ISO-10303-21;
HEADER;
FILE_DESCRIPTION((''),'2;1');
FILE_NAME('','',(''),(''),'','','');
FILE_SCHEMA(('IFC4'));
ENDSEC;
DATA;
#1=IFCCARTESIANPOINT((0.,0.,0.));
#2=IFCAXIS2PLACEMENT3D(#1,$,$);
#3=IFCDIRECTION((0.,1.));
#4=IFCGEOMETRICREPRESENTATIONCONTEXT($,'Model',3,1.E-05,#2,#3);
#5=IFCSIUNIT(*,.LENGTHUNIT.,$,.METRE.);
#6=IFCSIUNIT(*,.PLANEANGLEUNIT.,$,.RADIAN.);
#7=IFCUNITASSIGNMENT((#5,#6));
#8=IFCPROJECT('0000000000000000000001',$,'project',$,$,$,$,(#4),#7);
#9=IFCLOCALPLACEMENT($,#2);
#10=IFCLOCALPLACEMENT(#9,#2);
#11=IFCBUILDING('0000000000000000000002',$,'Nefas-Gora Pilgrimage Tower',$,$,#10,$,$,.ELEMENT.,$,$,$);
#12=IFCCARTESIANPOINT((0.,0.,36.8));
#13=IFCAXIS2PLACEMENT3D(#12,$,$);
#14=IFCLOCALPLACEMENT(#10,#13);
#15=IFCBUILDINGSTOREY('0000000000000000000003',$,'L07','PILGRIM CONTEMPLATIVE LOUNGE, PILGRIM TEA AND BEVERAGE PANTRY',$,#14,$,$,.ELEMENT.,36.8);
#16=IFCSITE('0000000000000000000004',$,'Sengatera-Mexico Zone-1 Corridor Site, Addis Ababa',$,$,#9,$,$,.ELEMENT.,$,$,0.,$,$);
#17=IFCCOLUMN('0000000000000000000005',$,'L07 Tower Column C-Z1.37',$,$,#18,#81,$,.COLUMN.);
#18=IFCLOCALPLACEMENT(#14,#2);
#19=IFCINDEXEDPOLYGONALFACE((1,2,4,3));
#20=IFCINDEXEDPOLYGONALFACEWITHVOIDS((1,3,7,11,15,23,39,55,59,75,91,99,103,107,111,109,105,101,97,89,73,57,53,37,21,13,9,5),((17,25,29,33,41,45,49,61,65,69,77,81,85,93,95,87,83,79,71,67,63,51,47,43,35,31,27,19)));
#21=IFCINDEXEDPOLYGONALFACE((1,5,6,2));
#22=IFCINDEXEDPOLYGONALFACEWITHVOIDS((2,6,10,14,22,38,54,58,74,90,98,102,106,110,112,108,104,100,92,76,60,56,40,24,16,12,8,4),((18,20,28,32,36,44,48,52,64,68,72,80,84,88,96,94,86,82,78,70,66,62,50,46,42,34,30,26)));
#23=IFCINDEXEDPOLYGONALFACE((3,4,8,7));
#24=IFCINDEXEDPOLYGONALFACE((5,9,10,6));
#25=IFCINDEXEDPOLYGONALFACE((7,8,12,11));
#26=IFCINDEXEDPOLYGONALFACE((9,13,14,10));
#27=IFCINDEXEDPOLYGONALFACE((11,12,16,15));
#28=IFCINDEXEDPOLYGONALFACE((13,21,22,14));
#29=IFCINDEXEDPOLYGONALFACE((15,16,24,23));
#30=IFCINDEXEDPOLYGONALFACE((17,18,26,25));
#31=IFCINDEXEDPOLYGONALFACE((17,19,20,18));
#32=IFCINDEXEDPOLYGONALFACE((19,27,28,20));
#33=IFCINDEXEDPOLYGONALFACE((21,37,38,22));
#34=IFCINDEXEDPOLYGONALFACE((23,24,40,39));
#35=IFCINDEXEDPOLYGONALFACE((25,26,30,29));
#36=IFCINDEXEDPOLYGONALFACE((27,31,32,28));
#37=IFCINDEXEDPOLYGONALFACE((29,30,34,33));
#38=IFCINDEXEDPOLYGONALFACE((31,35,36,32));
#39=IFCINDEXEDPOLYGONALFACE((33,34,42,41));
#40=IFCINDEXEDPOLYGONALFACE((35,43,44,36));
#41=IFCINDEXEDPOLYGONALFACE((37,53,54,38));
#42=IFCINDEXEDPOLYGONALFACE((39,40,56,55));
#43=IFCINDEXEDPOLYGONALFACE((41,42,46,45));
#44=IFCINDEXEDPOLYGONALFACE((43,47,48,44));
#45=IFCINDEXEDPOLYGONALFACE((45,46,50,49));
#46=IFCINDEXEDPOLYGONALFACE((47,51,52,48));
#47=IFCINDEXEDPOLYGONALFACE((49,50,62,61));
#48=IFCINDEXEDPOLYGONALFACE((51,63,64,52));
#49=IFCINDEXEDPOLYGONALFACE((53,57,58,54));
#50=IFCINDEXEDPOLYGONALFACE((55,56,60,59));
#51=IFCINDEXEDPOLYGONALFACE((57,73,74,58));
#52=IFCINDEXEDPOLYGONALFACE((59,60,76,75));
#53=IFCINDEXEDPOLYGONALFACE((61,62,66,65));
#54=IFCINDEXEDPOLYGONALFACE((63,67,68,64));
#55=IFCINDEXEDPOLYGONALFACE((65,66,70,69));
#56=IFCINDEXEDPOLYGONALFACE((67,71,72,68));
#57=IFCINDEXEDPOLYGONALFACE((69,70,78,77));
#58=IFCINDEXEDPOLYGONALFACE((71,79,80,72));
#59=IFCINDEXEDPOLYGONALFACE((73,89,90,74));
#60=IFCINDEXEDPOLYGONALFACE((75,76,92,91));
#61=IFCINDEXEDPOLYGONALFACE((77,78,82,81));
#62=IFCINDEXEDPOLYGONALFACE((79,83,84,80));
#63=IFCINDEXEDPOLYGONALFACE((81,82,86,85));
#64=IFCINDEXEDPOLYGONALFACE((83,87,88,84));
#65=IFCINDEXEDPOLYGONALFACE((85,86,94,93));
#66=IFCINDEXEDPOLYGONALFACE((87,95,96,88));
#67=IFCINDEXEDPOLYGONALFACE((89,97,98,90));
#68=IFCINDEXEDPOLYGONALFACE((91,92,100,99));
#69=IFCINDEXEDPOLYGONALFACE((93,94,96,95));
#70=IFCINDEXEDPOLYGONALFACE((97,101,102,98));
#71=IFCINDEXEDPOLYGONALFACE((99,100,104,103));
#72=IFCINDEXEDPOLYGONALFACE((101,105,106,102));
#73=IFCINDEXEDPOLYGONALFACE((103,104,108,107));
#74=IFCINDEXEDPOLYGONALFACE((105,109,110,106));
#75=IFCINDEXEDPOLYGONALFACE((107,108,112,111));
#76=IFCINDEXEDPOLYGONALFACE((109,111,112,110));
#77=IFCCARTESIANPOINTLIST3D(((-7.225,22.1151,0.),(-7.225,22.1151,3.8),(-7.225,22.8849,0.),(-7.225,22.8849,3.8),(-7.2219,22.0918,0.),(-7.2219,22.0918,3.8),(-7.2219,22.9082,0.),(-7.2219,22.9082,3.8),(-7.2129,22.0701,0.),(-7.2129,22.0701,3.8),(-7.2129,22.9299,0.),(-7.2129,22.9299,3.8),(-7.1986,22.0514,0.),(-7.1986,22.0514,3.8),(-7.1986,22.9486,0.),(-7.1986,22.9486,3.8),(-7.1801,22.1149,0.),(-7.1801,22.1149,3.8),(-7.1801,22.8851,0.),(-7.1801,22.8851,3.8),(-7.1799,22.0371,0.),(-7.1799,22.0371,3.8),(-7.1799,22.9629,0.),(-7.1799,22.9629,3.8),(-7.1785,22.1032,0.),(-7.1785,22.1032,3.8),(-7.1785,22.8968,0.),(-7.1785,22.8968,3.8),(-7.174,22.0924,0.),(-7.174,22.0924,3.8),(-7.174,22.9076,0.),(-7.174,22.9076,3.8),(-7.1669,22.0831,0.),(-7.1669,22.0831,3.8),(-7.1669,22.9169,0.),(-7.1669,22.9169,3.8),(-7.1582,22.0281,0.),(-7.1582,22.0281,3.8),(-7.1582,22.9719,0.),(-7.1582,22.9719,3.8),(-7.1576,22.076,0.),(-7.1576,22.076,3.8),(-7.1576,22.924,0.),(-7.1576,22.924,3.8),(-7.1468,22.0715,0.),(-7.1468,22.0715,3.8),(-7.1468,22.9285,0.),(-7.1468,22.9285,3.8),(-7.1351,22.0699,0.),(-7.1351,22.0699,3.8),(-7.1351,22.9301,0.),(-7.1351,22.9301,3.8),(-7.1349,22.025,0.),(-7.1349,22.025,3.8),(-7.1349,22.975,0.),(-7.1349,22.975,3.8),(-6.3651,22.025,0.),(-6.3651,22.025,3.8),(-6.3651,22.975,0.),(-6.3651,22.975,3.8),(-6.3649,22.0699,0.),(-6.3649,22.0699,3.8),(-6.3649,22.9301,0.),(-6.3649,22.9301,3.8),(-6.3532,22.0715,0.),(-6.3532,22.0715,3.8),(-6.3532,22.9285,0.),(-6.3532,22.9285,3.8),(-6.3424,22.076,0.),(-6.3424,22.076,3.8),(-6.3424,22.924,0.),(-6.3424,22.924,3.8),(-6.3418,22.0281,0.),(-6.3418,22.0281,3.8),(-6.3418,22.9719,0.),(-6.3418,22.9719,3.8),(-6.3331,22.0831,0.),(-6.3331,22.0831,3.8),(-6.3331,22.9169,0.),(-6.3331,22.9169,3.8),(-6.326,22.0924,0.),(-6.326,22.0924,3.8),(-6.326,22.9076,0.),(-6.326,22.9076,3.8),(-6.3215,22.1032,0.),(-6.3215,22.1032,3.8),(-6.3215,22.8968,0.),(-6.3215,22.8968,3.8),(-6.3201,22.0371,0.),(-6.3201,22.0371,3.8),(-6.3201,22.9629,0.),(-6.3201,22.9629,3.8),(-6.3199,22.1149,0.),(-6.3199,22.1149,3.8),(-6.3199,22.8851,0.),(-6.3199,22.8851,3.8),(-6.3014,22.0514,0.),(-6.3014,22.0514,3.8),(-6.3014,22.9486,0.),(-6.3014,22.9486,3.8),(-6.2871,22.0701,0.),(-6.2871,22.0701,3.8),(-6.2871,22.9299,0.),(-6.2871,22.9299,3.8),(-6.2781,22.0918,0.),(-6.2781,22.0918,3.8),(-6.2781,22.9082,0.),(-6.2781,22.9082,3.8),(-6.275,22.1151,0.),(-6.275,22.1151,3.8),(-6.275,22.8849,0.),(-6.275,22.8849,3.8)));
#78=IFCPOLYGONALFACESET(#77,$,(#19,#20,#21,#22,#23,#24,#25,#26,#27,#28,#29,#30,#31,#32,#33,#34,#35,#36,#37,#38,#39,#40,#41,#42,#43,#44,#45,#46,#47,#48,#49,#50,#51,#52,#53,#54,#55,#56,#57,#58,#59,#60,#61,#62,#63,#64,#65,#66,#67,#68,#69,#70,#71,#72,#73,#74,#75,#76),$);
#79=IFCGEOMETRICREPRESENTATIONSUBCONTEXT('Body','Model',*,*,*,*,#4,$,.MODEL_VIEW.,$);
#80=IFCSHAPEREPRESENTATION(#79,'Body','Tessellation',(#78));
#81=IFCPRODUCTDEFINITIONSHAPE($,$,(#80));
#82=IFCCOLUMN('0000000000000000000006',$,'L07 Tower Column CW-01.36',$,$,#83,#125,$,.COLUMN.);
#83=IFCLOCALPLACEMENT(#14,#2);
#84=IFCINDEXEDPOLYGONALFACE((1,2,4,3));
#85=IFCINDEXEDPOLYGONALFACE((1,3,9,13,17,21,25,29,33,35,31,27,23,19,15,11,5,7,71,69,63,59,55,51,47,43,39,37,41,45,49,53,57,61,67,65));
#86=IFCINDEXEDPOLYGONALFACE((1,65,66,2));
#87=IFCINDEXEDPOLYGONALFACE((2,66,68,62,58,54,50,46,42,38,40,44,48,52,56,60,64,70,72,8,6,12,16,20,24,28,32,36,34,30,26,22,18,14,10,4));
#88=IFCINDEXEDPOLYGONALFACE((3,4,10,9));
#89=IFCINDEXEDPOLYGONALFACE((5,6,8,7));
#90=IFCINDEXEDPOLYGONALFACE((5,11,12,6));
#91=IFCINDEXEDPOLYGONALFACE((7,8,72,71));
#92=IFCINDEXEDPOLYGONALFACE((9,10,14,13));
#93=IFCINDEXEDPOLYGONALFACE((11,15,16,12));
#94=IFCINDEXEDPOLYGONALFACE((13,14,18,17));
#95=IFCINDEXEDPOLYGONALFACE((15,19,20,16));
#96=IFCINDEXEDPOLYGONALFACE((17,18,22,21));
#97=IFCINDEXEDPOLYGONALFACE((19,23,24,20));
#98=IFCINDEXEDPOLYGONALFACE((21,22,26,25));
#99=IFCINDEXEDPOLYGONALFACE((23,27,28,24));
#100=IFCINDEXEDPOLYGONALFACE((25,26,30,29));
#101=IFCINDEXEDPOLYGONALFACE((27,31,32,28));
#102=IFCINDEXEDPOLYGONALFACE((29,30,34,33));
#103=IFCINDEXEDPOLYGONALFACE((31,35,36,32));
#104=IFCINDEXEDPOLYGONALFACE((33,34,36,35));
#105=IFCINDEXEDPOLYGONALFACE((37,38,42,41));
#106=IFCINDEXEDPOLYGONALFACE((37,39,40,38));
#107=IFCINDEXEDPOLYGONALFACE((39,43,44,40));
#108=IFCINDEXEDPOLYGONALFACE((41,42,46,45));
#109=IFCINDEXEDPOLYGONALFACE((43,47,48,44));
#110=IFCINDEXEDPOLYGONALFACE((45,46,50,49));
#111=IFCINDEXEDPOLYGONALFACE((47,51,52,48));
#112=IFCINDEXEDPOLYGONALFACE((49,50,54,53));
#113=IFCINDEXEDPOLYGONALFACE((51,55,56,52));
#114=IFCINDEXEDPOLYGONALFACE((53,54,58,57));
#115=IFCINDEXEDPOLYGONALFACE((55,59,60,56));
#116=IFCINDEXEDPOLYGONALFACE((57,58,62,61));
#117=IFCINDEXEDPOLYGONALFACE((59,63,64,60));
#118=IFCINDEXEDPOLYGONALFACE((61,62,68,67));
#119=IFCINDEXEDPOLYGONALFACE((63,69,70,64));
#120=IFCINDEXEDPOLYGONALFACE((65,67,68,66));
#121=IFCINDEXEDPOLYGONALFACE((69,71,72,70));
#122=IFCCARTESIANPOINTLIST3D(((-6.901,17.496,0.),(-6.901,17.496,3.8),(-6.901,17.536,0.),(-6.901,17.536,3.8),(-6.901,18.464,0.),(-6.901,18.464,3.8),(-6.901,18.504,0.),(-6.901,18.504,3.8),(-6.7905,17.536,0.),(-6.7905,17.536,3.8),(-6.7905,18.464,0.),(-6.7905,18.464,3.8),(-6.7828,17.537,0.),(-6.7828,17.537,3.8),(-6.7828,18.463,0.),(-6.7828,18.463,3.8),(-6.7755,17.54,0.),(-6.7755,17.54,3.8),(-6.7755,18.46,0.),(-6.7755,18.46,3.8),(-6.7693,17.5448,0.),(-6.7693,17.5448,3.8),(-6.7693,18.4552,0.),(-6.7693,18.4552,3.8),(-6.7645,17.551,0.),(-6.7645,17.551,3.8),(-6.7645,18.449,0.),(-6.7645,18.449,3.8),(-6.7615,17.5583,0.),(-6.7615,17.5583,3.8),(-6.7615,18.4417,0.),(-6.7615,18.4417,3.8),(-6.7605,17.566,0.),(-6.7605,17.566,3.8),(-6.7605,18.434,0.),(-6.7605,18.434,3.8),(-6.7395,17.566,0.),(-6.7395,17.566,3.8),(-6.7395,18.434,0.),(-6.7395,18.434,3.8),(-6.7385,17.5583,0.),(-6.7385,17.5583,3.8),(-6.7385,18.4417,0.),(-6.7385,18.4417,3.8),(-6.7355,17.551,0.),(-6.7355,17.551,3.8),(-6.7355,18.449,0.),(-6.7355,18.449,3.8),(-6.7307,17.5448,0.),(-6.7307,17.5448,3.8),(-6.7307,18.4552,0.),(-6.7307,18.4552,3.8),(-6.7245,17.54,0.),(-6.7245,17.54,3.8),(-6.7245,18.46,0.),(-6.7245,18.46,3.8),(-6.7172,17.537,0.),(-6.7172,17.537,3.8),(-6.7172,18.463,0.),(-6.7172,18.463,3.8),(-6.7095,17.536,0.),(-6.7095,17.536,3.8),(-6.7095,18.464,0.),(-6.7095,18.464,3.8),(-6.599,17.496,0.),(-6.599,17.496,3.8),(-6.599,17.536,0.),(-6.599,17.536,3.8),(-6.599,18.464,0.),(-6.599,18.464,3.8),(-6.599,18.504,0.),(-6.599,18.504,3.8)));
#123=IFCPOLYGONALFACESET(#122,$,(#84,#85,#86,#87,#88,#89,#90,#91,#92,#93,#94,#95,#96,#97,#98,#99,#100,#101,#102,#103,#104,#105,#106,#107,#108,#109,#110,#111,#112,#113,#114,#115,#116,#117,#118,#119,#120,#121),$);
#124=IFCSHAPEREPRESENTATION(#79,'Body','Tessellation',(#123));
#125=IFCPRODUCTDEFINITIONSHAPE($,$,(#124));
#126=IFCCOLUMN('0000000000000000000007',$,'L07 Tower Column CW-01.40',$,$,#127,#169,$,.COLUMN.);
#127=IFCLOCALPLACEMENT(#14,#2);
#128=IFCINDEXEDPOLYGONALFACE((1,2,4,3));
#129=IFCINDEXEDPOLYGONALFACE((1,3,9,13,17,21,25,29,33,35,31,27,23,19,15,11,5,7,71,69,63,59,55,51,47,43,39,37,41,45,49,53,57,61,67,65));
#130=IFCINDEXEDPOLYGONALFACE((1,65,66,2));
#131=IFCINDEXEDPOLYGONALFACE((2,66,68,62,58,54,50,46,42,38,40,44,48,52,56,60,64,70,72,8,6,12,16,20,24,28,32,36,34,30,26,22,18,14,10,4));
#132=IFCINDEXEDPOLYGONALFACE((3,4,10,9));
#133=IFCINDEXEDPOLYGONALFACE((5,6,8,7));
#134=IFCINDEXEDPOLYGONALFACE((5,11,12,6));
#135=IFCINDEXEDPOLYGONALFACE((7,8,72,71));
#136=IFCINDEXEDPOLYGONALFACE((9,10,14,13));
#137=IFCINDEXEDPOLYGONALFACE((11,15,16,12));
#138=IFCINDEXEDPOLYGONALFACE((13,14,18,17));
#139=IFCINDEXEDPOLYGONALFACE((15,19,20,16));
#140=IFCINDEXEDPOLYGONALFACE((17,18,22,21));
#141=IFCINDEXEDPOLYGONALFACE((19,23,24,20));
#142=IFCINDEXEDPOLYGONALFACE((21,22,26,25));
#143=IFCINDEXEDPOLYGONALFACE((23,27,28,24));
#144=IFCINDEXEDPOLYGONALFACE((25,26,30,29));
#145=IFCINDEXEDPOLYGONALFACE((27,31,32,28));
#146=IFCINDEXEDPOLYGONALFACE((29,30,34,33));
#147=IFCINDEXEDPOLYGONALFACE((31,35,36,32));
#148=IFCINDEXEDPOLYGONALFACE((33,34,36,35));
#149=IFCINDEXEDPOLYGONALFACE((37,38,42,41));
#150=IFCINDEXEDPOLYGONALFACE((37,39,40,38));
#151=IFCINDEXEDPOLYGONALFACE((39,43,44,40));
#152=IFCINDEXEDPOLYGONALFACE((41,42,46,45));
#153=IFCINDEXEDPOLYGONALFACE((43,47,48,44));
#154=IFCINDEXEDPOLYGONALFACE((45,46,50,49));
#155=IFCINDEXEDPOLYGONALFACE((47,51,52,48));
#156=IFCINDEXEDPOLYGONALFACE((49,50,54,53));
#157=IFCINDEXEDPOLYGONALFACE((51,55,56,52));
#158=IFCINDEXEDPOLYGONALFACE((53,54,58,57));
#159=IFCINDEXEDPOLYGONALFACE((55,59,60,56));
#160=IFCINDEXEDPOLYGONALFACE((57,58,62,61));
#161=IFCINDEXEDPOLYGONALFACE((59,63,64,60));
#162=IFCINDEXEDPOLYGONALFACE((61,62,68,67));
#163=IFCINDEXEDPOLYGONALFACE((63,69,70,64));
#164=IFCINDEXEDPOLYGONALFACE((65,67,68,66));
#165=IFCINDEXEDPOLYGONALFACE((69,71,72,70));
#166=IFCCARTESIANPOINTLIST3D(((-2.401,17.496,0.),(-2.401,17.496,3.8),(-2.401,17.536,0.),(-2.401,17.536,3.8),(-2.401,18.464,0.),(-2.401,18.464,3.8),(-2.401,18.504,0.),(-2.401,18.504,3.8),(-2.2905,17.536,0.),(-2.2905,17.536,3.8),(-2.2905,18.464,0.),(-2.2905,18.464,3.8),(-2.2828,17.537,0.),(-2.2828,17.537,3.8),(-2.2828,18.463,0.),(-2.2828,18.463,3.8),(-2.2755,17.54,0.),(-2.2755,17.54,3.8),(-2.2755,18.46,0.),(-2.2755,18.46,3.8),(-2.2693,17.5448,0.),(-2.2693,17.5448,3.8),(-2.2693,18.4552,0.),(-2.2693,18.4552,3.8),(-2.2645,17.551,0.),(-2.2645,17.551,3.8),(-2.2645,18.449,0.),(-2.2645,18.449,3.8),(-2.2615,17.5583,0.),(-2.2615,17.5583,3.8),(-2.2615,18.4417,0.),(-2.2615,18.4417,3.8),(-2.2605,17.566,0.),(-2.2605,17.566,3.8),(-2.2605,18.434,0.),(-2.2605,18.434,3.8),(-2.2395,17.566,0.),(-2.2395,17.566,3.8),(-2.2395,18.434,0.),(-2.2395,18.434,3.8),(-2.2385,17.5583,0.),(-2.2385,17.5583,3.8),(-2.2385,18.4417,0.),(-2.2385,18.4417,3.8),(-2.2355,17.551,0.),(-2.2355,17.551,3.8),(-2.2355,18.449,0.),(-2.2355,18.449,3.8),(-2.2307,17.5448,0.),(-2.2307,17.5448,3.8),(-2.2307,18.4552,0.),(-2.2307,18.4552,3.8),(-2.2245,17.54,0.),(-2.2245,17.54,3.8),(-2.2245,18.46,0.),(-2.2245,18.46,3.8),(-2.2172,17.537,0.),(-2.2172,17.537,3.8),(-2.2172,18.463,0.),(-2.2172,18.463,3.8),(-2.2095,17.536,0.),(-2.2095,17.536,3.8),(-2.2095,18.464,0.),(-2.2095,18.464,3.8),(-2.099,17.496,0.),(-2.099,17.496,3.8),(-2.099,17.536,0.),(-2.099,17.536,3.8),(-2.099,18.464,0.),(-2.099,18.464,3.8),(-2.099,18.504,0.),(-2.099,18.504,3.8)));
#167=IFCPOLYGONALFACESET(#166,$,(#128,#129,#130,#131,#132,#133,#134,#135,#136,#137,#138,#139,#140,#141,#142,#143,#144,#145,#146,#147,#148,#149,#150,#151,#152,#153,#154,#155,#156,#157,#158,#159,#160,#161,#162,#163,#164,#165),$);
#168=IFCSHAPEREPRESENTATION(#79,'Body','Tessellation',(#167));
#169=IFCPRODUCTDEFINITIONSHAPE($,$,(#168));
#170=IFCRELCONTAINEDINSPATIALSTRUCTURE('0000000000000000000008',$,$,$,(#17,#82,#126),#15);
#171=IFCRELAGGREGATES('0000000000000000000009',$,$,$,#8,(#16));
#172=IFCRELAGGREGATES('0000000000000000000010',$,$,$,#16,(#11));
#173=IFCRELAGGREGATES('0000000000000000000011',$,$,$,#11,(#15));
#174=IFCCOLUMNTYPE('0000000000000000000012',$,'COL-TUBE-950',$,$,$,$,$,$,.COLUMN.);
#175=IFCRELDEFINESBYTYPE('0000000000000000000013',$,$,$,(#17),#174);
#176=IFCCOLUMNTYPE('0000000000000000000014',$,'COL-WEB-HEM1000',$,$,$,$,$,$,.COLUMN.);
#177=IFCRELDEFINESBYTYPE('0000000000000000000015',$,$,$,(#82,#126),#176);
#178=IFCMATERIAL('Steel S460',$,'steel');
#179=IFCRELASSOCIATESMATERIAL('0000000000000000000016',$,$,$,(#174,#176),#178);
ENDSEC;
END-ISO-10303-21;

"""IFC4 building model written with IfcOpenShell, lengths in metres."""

from ifc_helpers import new_model, si_unit, direction, frame, origin, origin_2d, place, context, subcontext, project, spatial, hollow_rectangle, i_section, extrude, source, transform, mapped, material, material_profile, profile_set, type_object, element, save


model = new_model("IFC4")

# Units and contexts
model_context = context("Model", 3, precision=1e-05, world=origin(), true_north=direction((0.0, 1.0)))
body_context = subcontext(model_context, "Body", "Model", "MODEL_VIEW")
ifc_project = project(units=[si_unit("LENGTHUNIT", "METRE"), si_unit("PLANEANGLEUNIT", "RADIAN")], contexts=[model_context])

# Site, building, storey
site_placement = place(None, origin())
site = spatial("IfcSite", under=ifc_project, at=site_placement, Name="Sengatera-Mexico Zone-1 Corridor Site, Addis Ababa", CompositionType="ELEMENT", RefElevation=0.0)
building_placement = place(site_placement, origin())
building = spatial("IfcBuilding", under=site, at=building_placement, Name="Nefas-Gora Pilgrimage Tower", CompositionType="ELEMENT")
storey_placement = place(building_placement, frame((0.0, 0.0, 36.8)))
storey = spatial("IfcBuildingStorey", under=building, at=storey_placement, Name="L07", Description="PILGRIM CONTEMPLATIVE LOUNGE, PILGRIM TEA AND BEVERAGE PANTRY", CompositionType="ELEMENT", Elevation=36.8)

# Columns
ifc_material_1 = material(Name="Steel S460", Category="steel")
ifc_material_profile_1 = material_profile(ifc_material_1, hollow_rectangle(XDim=0.95, YDim=0.95, WallThickness=0.0449, InnerFilletRadius=0.0449, OuterFilletRadius=0.0901, at=origin_2d()), Name="BOX 950x950x45")
ifc_profile_set_1 = profile_set([ifc_material_profile_1], Name="Steel S460")
column_type_1 = type_object("IfcColumnType", Name="COL-TUBE-950", PredefinedType="COLUMN", material=ifc_profile_set_1)
shared_shape_1 = source(origin(), body_context, "Body", "SweptSolid", [
    extrude(hollow_rectangle(XDim=0.95, YDim=0.95, WallThickness=0.0449, InnerFilletRadius=0.0449, OuterFilletRadius=0.0901, at=origin_2d()), origin(), (0.0, 0.0, 1.0), 3.8),
])
column_placement = place(storey_placement, frame((-6.75, 22.5, 0.0), z_axis=(0.0, 0.0, 1.0), x_axis=(1.0, 0.0, 0.0)))
element("IfcColumn", 1, at=column_placement, inside=storey, type_object=column_type_1, Name="L07 Tower Column C-Z1.37", PredefinedType="COLUMN", context=body_context, shape_type="MappedRepresentation", body=[
    mapped(shared_shape_1, transform((0.0, 0.0, 0.0), x_axis=(1.0, 0.0, 0.0), y_axis=(0.0, 1.0, 0.0), z_axis=(0.0, 0.0, 1.0), scale=1.0)),
])
ifc_material_profile_2 = material_profile(ifc_material_1, i_section(OverallWidth=0.302, OverallDepth=1.0081, WebThickness=0.021, FlangeThickness=0.04, FilletRadius=0.03, at=origin_2d()), Name="HEM 1000")
ifc_profile_set_2 = profile_set([ifc_material_profile_2], Name="Steel S460")
column_type_2 = type_object("IfcColumnType", Name="COL-WEB-HEM1000", PredefinedType="COLUMN", material=ifc_profile_set_2)
shared_shape_2 = source(origin(), body_context, "Body", "SweptSolid", [
    extrude(i_section(OverallWidth=0.302, OverallDepth=1.0081, WebThickness=0.021, FlangeThickness=0.04, FilletRadius=0.03, at=origin_2d()), origin(), (0.0, 0.0, 1.0), 3.8),
])
for number, where, z_axis, x_axis, name in (
    (2, (-6.75, 18.0, 0.0), (0.0, 0.0, 1.0), (1.0, 0.0, 0.0), "L07 Tower Column CW-01.36"),
    (3, (-2.25, 18.0, 0.0), (0.0, 0.0, 1.0), (1.0, 0.0, 0.0), "L07 Tower Column CW-01.40"),
):
    element("IfcColumn", number, at=place(storey_placement, frame(where, z_axis=z_axis, x_axis=x_axis)), inside=storey, type_object=column_type_2, Name=name, PredefinedType="COLUMN", context=body_context, shape_type="MappedRepresentation", body=[
        mapped(shared_shape_2, transform((0.0, 0.0, 0.0), x_axis=(1.0, 0.0, 0.0), y_axis=(0.0, 1.0, 0.0), z_axis=(0.0, 0.0, 1.0), scale=1.0)),
    ])

save(model, "model.ifc")
